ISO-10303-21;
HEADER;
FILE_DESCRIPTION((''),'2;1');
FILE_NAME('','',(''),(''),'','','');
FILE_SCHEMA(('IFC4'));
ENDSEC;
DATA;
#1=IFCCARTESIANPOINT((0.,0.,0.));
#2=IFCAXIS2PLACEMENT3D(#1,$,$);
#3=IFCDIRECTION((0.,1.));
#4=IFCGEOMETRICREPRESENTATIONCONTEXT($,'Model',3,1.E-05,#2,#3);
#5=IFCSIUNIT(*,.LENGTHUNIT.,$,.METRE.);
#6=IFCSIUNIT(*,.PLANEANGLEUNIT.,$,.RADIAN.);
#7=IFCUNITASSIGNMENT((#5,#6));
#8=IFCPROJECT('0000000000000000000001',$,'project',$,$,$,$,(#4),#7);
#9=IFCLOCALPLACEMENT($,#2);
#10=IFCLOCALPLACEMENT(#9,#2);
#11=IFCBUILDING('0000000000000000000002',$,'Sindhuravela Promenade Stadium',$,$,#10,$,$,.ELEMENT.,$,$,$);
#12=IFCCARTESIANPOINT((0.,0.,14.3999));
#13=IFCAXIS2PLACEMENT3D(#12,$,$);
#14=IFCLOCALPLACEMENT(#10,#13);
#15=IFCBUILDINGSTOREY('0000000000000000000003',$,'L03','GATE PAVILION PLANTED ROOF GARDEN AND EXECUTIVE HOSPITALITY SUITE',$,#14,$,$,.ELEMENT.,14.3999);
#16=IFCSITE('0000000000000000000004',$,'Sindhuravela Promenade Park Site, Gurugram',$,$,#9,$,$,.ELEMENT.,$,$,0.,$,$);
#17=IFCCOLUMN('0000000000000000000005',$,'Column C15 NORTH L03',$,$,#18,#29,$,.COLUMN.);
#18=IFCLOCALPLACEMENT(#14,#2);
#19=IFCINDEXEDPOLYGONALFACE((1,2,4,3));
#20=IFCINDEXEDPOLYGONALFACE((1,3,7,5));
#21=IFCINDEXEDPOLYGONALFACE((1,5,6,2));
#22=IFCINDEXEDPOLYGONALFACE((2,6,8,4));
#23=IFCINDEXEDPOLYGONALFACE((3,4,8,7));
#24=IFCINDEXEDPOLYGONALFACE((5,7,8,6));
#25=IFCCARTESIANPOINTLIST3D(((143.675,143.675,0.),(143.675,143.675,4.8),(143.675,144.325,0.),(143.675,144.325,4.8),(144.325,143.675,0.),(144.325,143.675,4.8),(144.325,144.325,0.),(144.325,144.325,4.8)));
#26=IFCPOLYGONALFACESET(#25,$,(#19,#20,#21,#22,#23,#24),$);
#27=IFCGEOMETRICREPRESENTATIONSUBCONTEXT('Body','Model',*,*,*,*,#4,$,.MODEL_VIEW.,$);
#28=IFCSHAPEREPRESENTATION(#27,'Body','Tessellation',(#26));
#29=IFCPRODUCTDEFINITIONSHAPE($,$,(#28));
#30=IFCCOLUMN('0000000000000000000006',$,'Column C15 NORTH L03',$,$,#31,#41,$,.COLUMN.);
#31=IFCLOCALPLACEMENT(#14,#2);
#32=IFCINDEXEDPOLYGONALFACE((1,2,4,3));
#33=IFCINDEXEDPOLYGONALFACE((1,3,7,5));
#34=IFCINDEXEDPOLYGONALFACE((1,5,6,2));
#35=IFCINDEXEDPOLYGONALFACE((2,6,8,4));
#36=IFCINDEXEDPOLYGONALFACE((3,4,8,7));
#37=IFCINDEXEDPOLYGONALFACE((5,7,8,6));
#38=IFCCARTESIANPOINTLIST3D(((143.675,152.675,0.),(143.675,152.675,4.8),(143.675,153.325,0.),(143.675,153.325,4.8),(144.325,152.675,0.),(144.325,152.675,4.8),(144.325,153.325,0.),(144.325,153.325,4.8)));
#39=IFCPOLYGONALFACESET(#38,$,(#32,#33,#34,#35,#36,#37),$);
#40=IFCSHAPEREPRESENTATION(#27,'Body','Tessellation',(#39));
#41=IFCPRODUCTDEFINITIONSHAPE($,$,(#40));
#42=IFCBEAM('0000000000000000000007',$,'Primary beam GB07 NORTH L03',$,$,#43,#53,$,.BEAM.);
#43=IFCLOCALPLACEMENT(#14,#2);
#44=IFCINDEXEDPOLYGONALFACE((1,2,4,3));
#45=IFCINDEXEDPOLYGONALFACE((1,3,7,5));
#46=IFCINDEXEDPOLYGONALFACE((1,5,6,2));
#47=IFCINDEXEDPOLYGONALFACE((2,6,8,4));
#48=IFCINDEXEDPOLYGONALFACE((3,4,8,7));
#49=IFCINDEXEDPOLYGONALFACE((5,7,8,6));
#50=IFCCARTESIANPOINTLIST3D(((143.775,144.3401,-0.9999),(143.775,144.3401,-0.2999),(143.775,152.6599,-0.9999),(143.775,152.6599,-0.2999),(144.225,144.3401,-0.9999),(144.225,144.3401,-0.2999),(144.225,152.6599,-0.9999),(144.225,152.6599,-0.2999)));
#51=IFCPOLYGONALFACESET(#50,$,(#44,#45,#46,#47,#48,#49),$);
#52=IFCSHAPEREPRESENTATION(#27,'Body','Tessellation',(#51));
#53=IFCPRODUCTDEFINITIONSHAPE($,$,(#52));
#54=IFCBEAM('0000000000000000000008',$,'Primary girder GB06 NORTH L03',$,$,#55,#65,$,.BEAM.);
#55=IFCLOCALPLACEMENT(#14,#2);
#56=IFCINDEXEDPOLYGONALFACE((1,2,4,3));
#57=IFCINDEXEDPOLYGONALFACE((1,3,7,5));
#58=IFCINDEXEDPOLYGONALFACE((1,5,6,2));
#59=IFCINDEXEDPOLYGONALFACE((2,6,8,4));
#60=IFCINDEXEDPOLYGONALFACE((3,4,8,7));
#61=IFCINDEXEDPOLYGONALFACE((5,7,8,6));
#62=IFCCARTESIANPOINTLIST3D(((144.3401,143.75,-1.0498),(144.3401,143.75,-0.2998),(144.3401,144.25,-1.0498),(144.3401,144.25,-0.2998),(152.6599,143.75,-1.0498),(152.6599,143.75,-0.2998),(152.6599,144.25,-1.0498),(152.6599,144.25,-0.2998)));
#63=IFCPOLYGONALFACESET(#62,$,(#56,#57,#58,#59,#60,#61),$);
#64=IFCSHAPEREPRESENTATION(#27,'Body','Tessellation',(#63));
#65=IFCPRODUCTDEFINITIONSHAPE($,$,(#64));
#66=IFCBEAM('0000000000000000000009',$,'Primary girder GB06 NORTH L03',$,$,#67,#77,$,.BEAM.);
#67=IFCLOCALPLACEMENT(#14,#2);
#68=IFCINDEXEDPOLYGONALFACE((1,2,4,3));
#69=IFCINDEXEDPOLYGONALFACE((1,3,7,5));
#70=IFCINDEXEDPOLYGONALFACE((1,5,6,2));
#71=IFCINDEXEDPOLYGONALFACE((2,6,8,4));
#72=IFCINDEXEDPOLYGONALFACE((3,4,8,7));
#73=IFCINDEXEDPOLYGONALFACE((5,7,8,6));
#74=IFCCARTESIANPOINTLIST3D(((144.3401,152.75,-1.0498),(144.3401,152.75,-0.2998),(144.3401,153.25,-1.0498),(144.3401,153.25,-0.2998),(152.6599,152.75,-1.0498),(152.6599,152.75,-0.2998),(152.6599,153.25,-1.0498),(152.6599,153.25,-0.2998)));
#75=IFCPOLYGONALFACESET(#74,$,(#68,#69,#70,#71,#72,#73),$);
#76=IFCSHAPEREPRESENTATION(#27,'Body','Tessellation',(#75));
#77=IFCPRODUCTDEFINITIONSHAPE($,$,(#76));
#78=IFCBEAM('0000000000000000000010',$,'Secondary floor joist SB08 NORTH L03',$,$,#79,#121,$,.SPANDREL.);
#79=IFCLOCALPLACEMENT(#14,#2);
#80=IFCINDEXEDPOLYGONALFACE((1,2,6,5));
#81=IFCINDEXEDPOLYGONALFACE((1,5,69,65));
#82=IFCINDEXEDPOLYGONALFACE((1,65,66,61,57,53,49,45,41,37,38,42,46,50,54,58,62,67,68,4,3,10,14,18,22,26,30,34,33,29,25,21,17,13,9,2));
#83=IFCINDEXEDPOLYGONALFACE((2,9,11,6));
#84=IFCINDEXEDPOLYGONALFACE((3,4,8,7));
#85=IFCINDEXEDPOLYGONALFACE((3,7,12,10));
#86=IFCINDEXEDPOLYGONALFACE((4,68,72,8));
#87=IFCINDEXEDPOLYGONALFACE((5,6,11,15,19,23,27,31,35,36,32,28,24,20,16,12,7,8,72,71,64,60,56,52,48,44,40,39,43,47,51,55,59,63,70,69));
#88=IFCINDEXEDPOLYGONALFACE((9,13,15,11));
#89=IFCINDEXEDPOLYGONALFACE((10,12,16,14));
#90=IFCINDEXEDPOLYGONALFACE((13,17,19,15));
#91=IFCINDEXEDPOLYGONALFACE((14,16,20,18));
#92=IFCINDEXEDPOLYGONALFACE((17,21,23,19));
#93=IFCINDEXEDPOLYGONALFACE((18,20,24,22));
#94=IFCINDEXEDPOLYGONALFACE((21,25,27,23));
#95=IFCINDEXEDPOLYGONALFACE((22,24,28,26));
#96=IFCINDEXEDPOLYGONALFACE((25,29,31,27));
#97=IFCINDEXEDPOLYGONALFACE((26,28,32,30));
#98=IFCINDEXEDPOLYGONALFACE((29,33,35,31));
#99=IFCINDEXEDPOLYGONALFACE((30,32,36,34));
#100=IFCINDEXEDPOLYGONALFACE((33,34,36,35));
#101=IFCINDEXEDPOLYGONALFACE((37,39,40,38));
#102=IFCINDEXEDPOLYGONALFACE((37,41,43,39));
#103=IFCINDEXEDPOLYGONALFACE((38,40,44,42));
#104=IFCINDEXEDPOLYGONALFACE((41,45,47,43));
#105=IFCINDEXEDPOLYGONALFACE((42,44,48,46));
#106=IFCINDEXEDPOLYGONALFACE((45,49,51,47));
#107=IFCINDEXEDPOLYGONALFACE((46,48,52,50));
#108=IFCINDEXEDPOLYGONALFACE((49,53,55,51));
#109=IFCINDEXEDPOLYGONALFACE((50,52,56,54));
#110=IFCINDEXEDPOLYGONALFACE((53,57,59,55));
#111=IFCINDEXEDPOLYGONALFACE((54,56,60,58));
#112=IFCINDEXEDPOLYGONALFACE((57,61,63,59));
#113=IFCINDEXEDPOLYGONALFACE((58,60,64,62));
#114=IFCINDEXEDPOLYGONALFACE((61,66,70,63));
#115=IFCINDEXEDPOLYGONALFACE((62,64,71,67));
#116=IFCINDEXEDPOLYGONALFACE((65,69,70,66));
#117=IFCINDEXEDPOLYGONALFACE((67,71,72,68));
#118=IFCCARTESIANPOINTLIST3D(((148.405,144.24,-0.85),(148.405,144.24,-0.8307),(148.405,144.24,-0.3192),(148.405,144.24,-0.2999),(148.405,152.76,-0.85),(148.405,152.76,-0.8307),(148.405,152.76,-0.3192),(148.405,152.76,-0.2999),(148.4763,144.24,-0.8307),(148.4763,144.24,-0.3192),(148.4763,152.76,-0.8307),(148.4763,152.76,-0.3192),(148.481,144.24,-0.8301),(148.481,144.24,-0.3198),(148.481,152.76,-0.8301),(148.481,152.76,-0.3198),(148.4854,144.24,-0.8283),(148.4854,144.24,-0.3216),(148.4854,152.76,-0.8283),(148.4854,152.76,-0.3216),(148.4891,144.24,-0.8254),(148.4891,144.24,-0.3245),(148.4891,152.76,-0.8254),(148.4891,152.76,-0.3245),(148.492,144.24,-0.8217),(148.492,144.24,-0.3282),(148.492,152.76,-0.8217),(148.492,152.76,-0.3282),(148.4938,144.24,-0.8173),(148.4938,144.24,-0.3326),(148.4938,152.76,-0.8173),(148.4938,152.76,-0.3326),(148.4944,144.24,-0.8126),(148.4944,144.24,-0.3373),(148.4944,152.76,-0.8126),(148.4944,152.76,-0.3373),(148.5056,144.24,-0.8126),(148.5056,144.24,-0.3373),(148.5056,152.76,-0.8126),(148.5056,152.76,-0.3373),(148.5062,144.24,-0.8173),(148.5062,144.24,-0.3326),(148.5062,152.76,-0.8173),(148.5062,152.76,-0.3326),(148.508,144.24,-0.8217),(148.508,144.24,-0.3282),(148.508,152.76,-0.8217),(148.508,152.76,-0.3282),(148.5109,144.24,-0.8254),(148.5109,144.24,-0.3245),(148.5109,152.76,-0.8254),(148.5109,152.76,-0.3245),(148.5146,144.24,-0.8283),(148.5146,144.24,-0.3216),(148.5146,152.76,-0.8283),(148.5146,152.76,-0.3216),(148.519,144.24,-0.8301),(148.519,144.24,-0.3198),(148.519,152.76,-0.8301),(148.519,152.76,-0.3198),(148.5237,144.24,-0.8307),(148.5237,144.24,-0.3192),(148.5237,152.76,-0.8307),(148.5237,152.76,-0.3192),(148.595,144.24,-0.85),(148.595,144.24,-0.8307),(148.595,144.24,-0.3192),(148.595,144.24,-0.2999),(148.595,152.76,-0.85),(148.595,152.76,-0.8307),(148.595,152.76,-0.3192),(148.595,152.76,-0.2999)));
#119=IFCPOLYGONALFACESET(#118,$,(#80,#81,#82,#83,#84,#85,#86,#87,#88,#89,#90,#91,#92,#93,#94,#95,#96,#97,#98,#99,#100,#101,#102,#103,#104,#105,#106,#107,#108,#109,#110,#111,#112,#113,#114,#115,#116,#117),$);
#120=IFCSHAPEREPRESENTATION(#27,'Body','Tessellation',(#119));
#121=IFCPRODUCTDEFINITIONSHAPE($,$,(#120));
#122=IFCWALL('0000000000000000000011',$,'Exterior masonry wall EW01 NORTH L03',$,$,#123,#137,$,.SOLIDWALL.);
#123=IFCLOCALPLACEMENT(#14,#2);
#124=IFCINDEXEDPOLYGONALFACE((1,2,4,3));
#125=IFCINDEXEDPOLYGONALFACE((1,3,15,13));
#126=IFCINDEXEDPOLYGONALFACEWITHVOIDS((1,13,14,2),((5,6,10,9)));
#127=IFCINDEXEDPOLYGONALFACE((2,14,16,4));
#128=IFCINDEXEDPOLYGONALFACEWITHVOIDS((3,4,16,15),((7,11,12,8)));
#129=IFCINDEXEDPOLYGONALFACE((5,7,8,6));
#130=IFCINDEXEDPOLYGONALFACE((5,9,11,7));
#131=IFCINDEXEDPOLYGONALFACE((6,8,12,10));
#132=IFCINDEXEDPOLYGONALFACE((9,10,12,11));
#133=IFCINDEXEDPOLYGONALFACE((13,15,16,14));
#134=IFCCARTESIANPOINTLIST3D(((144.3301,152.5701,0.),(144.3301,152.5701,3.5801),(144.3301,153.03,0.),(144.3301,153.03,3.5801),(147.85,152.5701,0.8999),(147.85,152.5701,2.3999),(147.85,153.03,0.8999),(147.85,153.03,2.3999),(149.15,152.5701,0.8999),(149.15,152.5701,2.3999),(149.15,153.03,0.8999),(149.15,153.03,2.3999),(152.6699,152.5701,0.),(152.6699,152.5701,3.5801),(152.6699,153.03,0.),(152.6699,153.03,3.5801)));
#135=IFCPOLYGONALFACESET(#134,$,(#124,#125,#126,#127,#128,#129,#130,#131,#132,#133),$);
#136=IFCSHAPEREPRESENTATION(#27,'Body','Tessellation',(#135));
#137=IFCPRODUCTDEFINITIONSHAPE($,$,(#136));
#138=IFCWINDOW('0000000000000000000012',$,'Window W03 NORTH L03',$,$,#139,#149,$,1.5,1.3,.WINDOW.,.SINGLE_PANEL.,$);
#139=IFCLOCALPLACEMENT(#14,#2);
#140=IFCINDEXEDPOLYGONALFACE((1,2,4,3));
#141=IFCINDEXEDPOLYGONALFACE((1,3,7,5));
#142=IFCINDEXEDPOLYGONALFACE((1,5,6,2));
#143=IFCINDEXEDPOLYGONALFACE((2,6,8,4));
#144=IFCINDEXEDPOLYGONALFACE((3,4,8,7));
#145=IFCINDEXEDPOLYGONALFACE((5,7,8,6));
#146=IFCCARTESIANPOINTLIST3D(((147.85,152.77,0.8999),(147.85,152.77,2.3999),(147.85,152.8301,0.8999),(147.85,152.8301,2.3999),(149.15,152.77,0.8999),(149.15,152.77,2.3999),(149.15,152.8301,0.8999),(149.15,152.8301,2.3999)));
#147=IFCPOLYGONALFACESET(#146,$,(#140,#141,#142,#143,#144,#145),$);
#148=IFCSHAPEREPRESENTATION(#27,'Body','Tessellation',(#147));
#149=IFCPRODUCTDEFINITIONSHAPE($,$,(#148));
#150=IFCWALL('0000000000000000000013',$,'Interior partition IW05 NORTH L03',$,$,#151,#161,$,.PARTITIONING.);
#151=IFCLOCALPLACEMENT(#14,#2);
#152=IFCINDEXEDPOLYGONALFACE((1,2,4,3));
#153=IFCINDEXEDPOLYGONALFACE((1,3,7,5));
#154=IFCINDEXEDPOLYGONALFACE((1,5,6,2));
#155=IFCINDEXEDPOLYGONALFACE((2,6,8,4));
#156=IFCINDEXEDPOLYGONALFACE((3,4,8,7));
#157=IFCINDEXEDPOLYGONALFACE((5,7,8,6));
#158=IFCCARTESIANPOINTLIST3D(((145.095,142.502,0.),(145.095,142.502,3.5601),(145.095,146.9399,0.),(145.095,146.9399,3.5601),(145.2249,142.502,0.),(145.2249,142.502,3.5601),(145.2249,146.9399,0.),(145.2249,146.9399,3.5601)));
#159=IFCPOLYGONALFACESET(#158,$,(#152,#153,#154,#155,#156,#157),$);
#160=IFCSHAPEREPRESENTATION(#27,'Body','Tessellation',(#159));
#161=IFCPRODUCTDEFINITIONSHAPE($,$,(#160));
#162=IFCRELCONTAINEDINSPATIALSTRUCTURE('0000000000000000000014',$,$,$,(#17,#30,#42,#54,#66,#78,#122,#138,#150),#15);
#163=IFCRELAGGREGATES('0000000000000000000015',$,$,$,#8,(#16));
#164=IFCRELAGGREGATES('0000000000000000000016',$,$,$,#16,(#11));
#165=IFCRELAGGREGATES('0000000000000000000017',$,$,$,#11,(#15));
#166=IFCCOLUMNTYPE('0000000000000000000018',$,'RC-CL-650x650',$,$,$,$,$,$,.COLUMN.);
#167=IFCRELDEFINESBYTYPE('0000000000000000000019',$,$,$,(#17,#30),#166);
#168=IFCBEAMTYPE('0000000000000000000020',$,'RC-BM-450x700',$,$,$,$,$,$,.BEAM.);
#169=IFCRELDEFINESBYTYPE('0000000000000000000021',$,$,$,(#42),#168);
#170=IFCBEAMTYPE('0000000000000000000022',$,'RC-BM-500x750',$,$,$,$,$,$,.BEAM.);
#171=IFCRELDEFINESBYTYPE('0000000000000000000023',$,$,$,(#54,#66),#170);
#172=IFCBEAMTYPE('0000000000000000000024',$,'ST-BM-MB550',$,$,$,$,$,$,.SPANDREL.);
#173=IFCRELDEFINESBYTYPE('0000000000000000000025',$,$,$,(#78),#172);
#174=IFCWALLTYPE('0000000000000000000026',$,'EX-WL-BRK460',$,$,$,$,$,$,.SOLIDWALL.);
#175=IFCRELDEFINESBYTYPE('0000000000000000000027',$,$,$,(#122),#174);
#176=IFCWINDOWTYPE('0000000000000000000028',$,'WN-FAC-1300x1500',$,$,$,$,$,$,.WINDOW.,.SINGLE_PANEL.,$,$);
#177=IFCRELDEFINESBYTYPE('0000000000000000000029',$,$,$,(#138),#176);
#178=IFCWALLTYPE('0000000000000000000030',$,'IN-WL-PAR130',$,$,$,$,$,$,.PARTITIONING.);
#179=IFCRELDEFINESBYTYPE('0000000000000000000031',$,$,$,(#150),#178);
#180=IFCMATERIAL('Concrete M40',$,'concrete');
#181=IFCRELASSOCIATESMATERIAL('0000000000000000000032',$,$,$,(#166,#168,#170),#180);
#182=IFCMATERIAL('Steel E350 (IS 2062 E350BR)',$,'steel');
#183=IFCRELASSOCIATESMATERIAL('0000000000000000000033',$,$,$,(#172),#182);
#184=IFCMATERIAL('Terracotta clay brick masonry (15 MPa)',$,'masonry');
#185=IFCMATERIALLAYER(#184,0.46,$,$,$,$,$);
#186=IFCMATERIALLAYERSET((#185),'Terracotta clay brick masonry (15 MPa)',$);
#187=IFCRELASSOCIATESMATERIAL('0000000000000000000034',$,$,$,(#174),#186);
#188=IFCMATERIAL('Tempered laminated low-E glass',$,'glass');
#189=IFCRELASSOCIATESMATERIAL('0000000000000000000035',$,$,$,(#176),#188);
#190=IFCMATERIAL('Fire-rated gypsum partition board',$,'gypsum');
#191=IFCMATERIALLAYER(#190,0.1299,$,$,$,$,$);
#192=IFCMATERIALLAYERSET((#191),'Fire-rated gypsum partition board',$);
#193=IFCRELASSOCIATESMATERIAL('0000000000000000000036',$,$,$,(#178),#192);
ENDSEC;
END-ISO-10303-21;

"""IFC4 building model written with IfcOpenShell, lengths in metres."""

from ifc_helpers import new_model, si_unit, direction, frame, frame_2d, origin, origin_2d, place, context, subcontext, project, spatial, rectangle, i_section, extrude, material, layer, layer_set, material_profile, profile_set, type_object, element, fill, save


model = new_model("IFC4")

# Units and contexts
model_context = context("Model", 3, precision=1e-05, world=origin(), true_north=direction((0.0, 1.0)))
body_context = subcontext(model_context, "Body", "Model", "MODEL_VIEW")
ifc_project = project(units=[si_unit("LENGTHUNIT", "METRE"), si_unit("PLANEANGLEUNIT", "RADIAN")], contexts=[model_context])

# Site, building, storey
site_placement = place(None, origin())
site = spatial("IfcSite", under=ifc_project, at=site_placement, Name="Sindhuravela Promenade Park Site, Gurugram", CompositionType="ELEMENT", RefElevation=0.0)
building_placement = place(site_placement, origin())
building = spatial("IfcBuilding", under=site, at=building_placement, Name="Sindhuravela Promenade Stadium", CompositionType="ELEMENT")
storey_placement = place(building_placement, frame((0.0, 0.0, 14.3999)))
storey = spatial("IfcBuildingStorey", under=building, at=storey_placement, Name="L03", Description="GATE PAVILION PLANTED ROOF GARDEN AND EXECUTIVE HOSPITALITY SUITE", CompositionType="ELEMENT", Elevation=14.3999)

# Columns
ifc_material_1 = material(Name="Concrete M40", Category="concrete")
ifc_material_profile_1 = material_profile(ifc_material_1, rectangle(XDim=0.6499, YDim=0.6499, at=origin_2d()), Name="RC 650x650")
ifc_profile_set_1 = profile_set([ifc_material_profile_1], Name="Concrete M40")
column_type = type_object("IfcColumnType", Name="RC-CL-650x650", PredefinedType="COLUMN", material=ifc_profile_set_1)
for number, where, z_axis, x_axis, name in (
    (1, (144.0, 144.0, 0.0), (0.0, 0.0, 1.0), (1.0, 0.0, 0.0), "Column C15 NORTH L03"),
    (2, (144.0, 153.0, 0.0), (0.0, 0.0, 1.0), (1.0, 0.0, 0.0), "Column C15 NORTH L03"),
):
    element("IfcColumn", number, at=place(storey_placement, frame(where, z_axis=z_axis, x_axis=x_axis)), inside=storey, type_object=column_type, Name=name, PredefinedType="COLUMN", context=body_context, shape_type="SweptSolid", body=[
        extrude(rectangle(XDim=0.6499, YDim=0.6499, at=origin_2d()), origin(), (0.0, 0.0, 1.0), 4.8),
    ])

# Beams
ifc_material_profile_2 = material_profile(ifc_material_1, rectangle(XDim=0.45, YDim=0.7, at=origin_2d()), Name="RC 450x700")
ifc_profile_set_2 = profile_set([ifc_material_profile_2], Name="Concrete M40")
beam_type_1 = type_object("IfcBeamType", Name="RC-BM-450x700", PredefinedType="BEAM", material=ifc_profile_set_2)
beam_1_placement = place(storey_placement, frame((144.0, 144.3401, -0.6499), z_axis=(0.0, 1.0, 0.0), x_axis=(-1.0, 0.0, 0.0)))
element("IfcBeam", 3, at=beam_1_placement, inside=storey, type_object=beam_type_1, Name="Primary beam GB07 NORTH L03", PredefinedType="BEAM", context=body_context, shape_type="SweptSolid", body=[
    extrude(rectangle(XDim=0.45, YDim=0.7, at=origin_2d()), origin(), (0.0, 0.0, 1.0), 8.3198),
])
ifc_material_profile_3 = material_profile(ifc_material_1, rectangle(XDim=0.5, YDim=0.75, at=origin_2d()), Name="RC 500x750")
ifc_profile_set_3 = profile_set([ifc_material_profile_3], Name="Concrete M40")
beam_type_2 = type_object("IfcBeamType", Name="RC-BM-500x750", PredefinedType="BEAM", material=ifc_profile_set_3)
for number, where, z_axis, x_axis, name in (
    (4, (144.3401, 144.0, -0.6748), (1.0, 0.0, 0.0), (0.0, 1.0, 0.0), "Primary girder GB06 NORTH L03"),
    (5, (144.3401, 153.0, -0.6748), (1.0, 0.0, 0.0), (0.0, 1.0, 0.0), "Primary girder GB06 NORTH L03"),
):
    element("IfcBeam", number, at=place(storey_placement, frame(where, z_axis=z_axis, x_axis=x_axis)), inside=storey, type_object=beam_type_2, Name=name, PredefinedType="BEAM", context=body_context, shape_type="SweptSolid", body=[
        extrude(rectangle(XDim=0.5, YDim=0.75, at=origin_2d()), origin(), (0.0, 0.0, 1.0), 8.3198),
    ])
ifc_material_2 = material(Name="Steel E350 (IS 2062 E350BR)", Category="steel")
ifc_material_profile_4 = material_profile(ifc_material_2, i_section(OverallWidth=0.1899, OverallDepth=0.55, WebThickness=0.0112, FlangeThickness=0.0193, FilletRadius=0.0181, at=origin_2d()), Name="ISMB 550")
ifc_profile_set_4 = profile_set([ifc_material_profile_4], Name="Steel E350 (IS 2062 E350BR)")
beam_type_3 = type_object("IfcBeamType", Name="ST-BM-MB550", PredefinedType="SPANDREL", material=ifc_profile_set_4)
beam_2_placement = place(storey_placement, frame((148.5, 144.24, -0.575), z_axis=(0.0, 1.0, 0.0), x_axis=(-1.0, 0.0, 0.0)))
element("IfcBeam", 6, at=beam_2_placement, inside=storey, type_object=beam_type_3, Name="Secondary floor joist SB08 NORTH L03", PredefinedType="SPANDREL", context=body_context, shape_type="SweptSolid", body=[
    extrude(i_section(OverallWidth=0.1899, OverallDepth=0.55, WebThickness=0.0112, FlangeThickness=0.0193, FilletRadius=0.0181, at=origin_2d()), origin(), (0.0, 0.0, 1.0), 8.52),
])

# Wall, opening, window
ifc_material_3 = material(Name="Terracotta clay brick masonry (15 MPa)", Category="masonry")
ifc_layer_1 = layer(ifc_material_3, 0.46)
ifc_layer_set_1 = layer_set([ifc_layer_1], Name="Terracotta clay brick masonry (15 MPa)")
wall_type_1 = type_object("IfcWallType", Name="EX-WL-BRK460", PredefinedType="SOLIDWALL", material=ifc_layer_set_1)
wall_1_placement = place(storey_placement, frame((144.3301, 152.8, 0.0), z_axis=(0.0, 0.0, 1.0), x_axis=(1.0, 0.0, 0.0)))
wall_1 = element("IfcWall", 7, at=wall_1_placement, inside=storey, type_object=wall_type_1, Name="Exterior masonry wall EW01 NORTH L03", PredefinedType="SOLIDWALL", context=body_context, shape_type="SweptSolid", body=[
    extrude(rectangle(XDim=8.3398, YDim=0.46, at=frame_2d((4.1699, 0.0))), origin(), (0.0, 0.0, 1.0), 3.5801),
])
opening_1_placement = place(wall_1_placement, frame((3.52, 0.0, 0.8999)))
opening_1 = element("IfcOpeningElement", 8, at=opening_1_placement, cuts=wall_1, PredefinedType="OPENING", context=body_context, shape_type="SweptSolid", body=[
    extrude(rectangle(XDim=1.3, YDim=1.5, at=frame_2d((0.6499, 0.75))), frame((0.0, 0.24, 0.0), z_axis=(0.0, -1.0, 0.0), x_axis=(1.0, 0.0, 0.0)), (0.0, 0.0, 1.0), 0.48),
])
ifc_material_4 = material(Name="Tempered laminated low-E glass", Category="glass")
window_type = type_object("IfcWindowType", Name="WN-FAC-1300x1500", PartitioningType="SINGLE_PANEL", PredefinedType="WINDOW", material=ifc_material_4)
window_placement = place(opening_1_placement, origin())
window = element("IfcWindow", 9, at=window_placement, inside=storey, type_object=window_type, Name="Window W03 NORTH L03", OverallHeight=1.5, OverallWidth=1.3, PartitioningType="SINGLE_PANEL", PredefinedType="WINDOW", context=body_context, shape_type="SweptSolid", body=[
    extrude(rectangle(XDim=1.3, YDim=1.5, at=frame_2d((0.6499, 0.75))), frame((0.0, 0.03, 0.0), z_axis=(0.0, -1.0, 0.0), x_axis=(1.0, 0.0, 0.0)), (0.0, 0.0, 1.0), 0.0601),
])
fill(opening_1, window)

# Wall
ifc_material_5 = material(Name="Fire-rated gypsum partition board", Category="gypsum")
ifc_layer_2 = layer(ifc_material_5, 0.1299)
ifc_layer_set_2 = layer_set([ifc_layer_2], Name="Fire-rated gypsum partition board")
wall_type_2 = type_object("IfcWallType", Name="IN-WL-PAR130", PredefinedType="PARTITIONING", material=ifc_layer_set_2)
wall_2_placement = place(storey_placement, frame((145.1599, 146.9399, 0.0), z_axis=(0.0, 0.0, 1.0), x_axis=(0.0, -1.0, 0.0)))
element("IfcWall", 10, at=wall_2_placement, inside=storey, type_object=wall_type_2, Name="Interior partition IW05 NORTH L03", PredefinedType="PARTITIONING", context=body_context, shape_type="SweptSolid", body=[
    extrude(rectangle(XDim=4.438, YDim=0.1299, at=frame_2d((2.219, 0.0))), origin(), (0.0, 0.0, 1.0), 3.5601),
])

save(model, "model.ifc")
